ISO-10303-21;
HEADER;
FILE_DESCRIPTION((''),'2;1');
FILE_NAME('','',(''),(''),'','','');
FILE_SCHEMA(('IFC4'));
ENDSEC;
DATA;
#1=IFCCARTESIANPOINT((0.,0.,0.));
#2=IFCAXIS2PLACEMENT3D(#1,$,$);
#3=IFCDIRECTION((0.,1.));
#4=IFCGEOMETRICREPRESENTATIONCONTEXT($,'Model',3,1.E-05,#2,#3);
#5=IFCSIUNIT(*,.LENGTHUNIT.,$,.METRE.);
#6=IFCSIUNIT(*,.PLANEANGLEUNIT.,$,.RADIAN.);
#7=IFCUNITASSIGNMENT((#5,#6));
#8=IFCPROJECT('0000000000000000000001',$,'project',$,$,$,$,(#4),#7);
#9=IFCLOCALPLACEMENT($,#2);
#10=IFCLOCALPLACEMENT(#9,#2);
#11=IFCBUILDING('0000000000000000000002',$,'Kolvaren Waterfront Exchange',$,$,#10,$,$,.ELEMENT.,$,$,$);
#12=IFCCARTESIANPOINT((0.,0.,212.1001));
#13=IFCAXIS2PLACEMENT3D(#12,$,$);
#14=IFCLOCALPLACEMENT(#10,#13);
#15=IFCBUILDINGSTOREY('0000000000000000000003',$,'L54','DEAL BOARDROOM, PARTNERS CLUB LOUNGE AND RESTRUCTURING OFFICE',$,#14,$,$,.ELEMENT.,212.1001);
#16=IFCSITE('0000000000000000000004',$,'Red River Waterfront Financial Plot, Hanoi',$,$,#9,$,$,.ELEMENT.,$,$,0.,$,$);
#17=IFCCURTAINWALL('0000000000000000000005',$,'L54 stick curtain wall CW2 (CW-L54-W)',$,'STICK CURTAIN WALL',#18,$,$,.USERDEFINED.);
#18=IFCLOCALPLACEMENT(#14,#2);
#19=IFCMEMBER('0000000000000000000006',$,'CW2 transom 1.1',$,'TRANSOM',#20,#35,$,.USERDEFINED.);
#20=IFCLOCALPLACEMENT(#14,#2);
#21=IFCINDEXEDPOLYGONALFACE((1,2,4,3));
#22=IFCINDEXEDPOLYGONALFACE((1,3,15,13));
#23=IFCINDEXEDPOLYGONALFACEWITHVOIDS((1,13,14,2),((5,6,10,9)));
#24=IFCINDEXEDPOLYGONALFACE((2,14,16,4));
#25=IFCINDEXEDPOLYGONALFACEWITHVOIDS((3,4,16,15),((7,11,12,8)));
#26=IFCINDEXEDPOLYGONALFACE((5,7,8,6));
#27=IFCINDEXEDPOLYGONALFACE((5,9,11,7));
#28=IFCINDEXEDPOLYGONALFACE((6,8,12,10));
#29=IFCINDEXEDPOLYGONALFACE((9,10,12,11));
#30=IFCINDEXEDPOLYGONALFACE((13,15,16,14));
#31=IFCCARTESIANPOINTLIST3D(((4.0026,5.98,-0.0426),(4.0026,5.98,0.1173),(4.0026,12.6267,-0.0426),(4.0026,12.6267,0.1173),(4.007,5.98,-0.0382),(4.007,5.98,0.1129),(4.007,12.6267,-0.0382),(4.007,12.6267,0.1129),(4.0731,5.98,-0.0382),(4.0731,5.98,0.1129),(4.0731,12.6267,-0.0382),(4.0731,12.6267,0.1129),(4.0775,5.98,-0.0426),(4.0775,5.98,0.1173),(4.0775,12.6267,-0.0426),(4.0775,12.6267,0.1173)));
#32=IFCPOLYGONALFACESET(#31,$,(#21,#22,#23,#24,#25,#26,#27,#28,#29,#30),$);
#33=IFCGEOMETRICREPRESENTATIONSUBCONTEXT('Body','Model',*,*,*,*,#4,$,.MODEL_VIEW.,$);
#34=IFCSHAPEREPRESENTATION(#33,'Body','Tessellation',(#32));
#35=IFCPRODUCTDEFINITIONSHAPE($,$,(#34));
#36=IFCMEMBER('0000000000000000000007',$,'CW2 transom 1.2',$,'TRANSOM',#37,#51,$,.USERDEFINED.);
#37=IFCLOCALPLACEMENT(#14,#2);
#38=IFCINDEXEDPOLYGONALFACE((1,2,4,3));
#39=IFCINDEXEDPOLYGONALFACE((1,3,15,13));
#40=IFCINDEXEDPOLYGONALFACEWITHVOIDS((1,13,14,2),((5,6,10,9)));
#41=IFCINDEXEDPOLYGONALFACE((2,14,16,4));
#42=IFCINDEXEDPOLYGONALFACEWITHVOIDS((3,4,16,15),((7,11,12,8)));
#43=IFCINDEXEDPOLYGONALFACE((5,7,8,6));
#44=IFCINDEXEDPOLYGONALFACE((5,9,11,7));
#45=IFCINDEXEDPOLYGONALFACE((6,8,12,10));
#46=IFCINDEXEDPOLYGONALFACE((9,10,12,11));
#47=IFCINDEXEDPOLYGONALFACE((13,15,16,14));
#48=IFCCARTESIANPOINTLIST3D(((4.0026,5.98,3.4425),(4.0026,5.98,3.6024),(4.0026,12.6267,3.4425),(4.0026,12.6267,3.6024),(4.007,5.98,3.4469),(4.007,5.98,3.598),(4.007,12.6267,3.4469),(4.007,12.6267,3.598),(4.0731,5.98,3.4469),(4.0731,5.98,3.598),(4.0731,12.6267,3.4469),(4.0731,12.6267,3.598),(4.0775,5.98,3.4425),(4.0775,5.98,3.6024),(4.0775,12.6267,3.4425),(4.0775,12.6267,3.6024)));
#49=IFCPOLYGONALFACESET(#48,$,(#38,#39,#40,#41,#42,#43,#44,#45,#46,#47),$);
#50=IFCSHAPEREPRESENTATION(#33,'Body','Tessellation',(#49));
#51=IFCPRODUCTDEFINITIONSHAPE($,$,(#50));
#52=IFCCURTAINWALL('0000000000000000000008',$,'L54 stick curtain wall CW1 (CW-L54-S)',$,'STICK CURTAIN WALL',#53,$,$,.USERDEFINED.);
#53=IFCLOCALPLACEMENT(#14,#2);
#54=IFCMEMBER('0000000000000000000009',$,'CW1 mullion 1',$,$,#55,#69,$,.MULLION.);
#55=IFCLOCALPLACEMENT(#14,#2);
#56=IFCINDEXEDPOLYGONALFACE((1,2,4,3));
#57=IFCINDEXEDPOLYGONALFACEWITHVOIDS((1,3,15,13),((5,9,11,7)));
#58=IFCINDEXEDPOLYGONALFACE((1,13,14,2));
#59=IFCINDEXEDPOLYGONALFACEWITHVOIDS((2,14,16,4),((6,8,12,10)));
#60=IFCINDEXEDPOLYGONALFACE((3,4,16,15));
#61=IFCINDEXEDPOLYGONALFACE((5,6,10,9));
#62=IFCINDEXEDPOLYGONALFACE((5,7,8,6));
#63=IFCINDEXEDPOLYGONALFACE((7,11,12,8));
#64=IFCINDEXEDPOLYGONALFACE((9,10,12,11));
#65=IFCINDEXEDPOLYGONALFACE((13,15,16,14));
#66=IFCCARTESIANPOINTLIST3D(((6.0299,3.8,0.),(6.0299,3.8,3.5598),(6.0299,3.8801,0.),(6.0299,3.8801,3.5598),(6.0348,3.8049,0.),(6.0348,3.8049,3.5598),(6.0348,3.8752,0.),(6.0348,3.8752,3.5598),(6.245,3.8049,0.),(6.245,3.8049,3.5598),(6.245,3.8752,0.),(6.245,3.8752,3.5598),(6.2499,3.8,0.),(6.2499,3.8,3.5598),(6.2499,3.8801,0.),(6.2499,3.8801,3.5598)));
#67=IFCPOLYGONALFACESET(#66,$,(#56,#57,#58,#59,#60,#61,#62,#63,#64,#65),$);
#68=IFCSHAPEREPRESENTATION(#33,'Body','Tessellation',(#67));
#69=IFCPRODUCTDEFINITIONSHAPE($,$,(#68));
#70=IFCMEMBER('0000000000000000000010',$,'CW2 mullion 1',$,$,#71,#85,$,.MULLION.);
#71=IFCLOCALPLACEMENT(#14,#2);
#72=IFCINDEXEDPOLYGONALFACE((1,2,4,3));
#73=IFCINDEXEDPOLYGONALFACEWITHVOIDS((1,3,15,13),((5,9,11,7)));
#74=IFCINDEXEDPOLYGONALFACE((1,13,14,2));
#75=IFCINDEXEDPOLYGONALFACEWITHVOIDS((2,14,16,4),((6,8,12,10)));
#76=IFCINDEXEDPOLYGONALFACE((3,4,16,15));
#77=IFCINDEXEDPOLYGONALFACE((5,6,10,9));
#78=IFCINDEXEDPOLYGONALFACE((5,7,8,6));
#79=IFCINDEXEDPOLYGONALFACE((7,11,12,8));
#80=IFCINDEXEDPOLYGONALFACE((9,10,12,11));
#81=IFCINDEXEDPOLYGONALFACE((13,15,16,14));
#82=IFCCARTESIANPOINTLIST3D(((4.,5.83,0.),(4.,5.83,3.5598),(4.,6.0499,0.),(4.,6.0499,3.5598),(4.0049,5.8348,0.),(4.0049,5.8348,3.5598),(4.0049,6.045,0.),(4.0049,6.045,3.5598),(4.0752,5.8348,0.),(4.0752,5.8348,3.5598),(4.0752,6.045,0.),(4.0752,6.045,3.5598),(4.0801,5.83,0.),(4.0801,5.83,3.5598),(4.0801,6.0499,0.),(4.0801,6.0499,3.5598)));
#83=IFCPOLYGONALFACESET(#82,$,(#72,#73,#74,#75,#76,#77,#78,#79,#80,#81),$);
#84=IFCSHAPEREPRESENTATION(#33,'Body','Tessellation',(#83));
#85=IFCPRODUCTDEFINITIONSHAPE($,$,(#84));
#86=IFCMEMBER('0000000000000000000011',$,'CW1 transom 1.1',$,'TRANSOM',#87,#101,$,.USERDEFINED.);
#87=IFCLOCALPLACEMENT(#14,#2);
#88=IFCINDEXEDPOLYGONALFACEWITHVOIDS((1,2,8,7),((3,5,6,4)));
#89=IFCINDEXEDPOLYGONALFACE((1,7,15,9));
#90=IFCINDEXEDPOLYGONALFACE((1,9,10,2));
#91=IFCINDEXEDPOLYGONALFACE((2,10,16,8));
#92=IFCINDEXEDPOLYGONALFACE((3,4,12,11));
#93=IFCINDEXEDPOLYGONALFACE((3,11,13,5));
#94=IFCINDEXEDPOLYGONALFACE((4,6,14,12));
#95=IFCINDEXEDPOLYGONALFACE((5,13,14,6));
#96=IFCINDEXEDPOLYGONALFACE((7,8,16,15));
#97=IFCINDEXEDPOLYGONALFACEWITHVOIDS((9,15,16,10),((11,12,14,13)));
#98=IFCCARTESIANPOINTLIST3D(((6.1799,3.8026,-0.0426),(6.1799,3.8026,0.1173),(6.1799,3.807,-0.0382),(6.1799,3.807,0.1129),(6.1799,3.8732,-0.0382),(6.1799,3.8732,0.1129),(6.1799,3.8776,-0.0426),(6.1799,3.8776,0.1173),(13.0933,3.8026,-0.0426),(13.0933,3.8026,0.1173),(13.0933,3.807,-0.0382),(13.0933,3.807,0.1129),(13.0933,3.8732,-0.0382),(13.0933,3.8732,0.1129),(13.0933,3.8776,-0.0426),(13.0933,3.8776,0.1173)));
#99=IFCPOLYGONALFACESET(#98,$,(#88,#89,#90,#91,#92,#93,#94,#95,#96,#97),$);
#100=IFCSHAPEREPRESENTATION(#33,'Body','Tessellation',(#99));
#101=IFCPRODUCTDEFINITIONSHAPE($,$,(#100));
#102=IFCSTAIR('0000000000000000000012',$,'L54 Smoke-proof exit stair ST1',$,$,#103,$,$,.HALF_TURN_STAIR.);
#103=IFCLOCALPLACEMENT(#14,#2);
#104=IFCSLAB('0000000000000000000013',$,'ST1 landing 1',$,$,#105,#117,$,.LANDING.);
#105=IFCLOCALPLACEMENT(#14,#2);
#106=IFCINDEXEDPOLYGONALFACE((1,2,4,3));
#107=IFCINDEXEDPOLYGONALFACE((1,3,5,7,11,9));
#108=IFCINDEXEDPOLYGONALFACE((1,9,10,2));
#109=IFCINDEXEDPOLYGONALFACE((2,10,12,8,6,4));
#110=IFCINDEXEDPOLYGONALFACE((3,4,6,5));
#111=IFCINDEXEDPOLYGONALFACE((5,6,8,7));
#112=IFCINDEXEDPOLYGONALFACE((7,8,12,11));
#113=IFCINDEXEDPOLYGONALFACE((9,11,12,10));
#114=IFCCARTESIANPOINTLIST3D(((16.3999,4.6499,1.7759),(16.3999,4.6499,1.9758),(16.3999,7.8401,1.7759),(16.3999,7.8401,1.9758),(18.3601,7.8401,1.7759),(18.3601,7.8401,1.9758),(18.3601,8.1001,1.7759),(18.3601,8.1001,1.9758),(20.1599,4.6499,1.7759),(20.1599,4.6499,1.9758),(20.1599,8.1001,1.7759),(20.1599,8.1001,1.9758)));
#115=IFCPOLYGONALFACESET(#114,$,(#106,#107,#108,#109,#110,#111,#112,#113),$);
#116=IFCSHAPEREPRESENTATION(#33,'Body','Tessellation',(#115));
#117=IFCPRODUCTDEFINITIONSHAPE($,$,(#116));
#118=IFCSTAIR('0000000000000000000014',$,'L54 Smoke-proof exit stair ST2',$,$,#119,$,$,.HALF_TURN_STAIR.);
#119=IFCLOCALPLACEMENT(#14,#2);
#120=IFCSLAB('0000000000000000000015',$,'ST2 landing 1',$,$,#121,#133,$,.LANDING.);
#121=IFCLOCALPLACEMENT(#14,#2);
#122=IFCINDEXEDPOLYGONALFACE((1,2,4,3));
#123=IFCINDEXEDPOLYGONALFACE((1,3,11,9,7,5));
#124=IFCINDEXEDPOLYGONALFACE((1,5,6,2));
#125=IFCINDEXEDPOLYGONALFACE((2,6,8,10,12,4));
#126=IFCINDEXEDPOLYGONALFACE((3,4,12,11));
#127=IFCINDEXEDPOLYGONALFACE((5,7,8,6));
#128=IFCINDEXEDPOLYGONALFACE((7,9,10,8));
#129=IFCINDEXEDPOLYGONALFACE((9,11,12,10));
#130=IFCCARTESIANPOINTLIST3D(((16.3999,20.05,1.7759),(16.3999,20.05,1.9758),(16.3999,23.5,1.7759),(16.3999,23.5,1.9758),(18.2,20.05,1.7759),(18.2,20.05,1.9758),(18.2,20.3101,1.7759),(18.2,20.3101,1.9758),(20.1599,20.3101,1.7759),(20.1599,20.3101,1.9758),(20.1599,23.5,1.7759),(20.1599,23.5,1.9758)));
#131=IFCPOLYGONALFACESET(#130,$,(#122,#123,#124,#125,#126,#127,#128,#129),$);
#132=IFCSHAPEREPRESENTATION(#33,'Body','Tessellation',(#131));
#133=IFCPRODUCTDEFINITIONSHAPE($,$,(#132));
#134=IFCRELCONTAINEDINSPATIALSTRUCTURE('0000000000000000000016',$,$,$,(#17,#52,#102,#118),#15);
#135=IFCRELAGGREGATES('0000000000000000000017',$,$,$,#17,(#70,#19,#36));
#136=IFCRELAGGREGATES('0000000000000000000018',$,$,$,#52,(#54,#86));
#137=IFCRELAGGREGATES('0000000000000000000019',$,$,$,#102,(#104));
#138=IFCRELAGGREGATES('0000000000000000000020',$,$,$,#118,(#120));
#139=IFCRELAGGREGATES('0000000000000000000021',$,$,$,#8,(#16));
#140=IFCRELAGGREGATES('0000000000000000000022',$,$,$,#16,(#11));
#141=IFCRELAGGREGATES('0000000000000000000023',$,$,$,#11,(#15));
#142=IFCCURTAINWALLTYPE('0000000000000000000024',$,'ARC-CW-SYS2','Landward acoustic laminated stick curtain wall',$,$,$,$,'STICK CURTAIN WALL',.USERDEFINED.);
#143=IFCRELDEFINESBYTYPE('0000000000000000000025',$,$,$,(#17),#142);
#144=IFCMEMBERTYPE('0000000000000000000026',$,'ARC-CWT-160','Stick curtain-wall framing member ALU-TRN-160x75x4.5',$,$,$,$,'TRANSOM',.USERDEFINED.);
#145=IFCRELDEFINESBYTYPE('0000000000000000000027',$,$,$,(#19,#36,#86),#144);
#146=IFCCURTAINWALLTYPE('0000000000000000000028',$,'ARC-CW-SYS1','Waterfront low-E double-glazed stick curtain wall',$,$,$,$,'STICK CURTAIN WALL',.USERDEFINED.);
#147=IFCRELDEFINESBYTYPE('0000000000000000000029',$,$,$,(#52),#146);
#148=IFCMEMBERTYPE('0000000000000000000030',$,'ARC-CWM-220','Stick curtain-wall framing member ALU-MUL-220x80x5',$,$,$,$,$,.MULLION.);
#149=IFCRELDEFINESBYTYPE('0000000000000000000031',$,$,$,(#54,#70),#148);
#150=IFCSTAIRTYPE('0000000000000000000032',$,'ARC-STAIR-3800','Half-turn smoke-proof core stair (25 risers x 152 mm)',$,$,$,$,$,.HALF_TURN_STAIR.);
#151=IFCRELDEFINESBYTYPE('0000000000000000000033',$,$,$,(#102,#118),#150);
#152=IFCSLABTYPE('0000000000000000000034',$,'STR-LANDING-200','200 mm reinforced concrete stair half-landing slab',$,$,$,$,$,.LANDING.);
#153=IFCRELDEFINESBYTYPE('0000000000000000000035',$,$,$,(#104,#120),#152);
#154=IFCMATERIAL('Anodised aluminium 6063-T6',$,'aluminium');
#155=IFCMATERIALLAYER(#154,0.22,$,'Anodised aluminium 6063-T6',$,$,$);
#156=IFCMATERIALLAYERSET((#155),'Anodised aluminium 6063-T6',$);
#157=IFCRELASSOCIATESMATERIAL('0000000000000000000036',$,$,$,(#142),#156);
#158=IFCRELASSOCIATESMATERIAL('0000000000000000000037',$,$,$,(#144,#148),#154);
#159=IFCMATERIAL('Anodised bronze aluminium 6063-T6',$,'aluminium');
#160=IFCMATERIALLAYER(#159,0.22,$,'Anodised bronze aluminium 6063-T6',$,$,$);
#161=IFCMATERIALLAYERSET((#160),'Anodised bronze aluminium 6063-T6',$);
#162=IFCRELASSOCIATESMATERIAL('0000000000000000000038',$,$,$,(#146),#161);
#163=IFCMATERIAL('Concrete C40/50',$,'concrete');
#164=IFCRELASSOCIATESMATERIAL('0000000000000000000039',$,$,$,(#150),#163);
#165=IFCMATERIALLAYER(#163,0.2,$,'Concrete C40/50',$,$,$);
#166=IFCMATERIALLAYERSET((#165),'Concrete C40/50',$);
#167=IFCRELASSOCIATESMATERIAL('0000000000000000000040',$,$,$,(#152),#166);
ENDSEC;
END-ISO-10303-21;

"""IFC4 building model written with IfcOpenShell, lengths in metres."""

from ifc_helpers import new_model, si_unit, direction, frame, origin, origin_with_axes, origin_2d, place, context, subcontext, project, spatial, polyline, hollow_rectangle, outline, extrude, source, transform, mapped, material, layer, layer_set, material_profile, profile_set, type_object, element, aggregate, save


model = new_model("IFC4")

# Units and contexts
model_context = context("Model", 3, precision=1e-05, world=origin(), true_north=direction((0.0, 1.0)))
body_context = subcontext(model_context, "Body", "Model", "MODEL_VIEW")
ifc_project = project(units=[si_unit("LENGTHUNIT", "METRE"), si_unit("PLANEANGLEUNIT", "RADIAN")], contexts=[model_context])

# Site, building, storey
site_placement = place(None, origin())
site = spatial("IfcSite", under=ifc_project, at=site_placement, Name="Red River Waterfront Financial Plot, Hanoi", CompositionType="ELEMENT", RefElevation=0.0)
building_placement = place(site_placement, origin())
building = spatial("IfcBuilding", under=site, at=building_placement, Name="Kolvaren Waterfront Exchange", CompositionType="ELEMENT")
storey_placement = place(building_placement, frame((0.0, 0.0, 212.1001)))
storey = spatial("IfcBuildingStorey", under=building, at=storey_placement, Name="L54", Description="DEAL BOARDROOM, PARTNERS CLUB LOUNGE AND RESTRUCTURING OFFICE", CompositionType="ELEMENT", Elevation=212.1001)

# Curtain wall, members
ifc_material_1 = material(Name="Anodised aluminium 6063-T6", Category="aluminium")
ifc_layer_1 = layer(ifc_material_1, 0.22, Name="Anodised aluminium 6063-T6")
ifc_layer_set_1 = layer_set([ifc_layer_1], Name="Anodised aluminium 6063-T6")
curtain_wall_type_1 = type_object("IfcCurtainWallType", Name="ARC-CW-SYS2", Description="Landward acoustic laminated stick curtain wall", ElementType="STICK CURTAIN WALL", PredefinedType="USERDEFINED", material=ifc_layer_set_1)
curtain_wall_1_placement = place(storey_placement, origin())
curtain_wall_1 = element("IfcCurtainWall", 1, at=curtain_wall_1_placement, inside=storey, type_object=curtain_wall_type_1, Name="L54 stick curtain wall CW2 (CW-L54-W)", ObjectType="STICK CURTAIN WALL", PredefinedType="USERDEFINED")
ifc_material_profile_1 = material_profile(ifc_material_1, hollow_rectangle(XDim=0.075, YDim=0.1599, WallThickness=0.0044, at=origin_2d()), Name="ALU-TRN-160x75x4.5")
ifc_profile_set_1 = profile_set([ifc_material_profile_1], Name="Anodised aluminium 6063-T6")
member_type_1 = type_object("IfcMemberType", Name="ARC-CWT-160", Description="Stick curtain-wall framing member ALU-TRN-160x75x4.5", ElementType="TRANSOM", PredefinedType="USERDEFINED", material=ifc_profile_set_1)
shared_shape_1 = source(origin_with_axes(), body_context, "Body", "SweptSolid", [
    extrude(hollow_rectangle(XDim=0.075, YDim=0.1599, WallThickness=0.0044, at=origin_2d()), origin(), (0.0, 0.0, 1.0), 6.6467),
])
member_1_placement = place(storey_placement, frame((4.04, 5.98, 0.0374), z_axis=(0.0, 1.0, 0.0), x_axis=(-1.0, 0.0, 0.0)))
member_1 = element("IfcMember", 2, at=member_1_placement, type_object=member_type_1, Name="CW2 transom 1.1", ObjectType="TRANSOM", PredefinedType="USERDEFINED", context=body_context, shape_type="MappedRepresentation", body=[
    mapped(shared_shape_1, transform((0.0, 0.0, 0.0), x_axis=(1.0, 0.0, 0.0), y_axis=(0.0, 1.0, 0.0), z_axis=(0.0, 0.0, 1.0), scale=1.0)),
])
member_2_placement = place(storey_placement, frame((4.04, 5.98, 3.5225), z_axis=(0.0, 1.0, 0.0), x_axis=(-1.0, 0.0, 0.0)))
member_2 = element("IfcMember", 3, at=member_2_placement, type_object=member_type_1, Name="CW2 transom 1.2", ObjectType="TRANSOM", PredefinedType="USERDEFINED", context=body_context, shape_type="MappedRepresentation", body=[
    mapped(shared_shape_1, transform((0.0, 0.0, 0.0), x_axis=(1.0, 0.0, 0.0), y_axis=(0.0, 1.0, 0.0), z_axis=(0.0, 0.0, 1.0), scale=1.0)),
])

# Curtain wall, member
ifc_material_2 = material(Name="Anodised bronze aluminium 6063-T6", Category="aluminium")
ifc_layer_2 = layer(ifc_material_2, 0.22, Name="Anodised bronze aluminium 6063-T6")
ifc_layer_set_2 = layer_set([ifc_layer_2], Name="Anodised bronze aluminium 6063-T6")
curtain_wall_type_2 = type_object("IfcCurtainWallType", Name="ARC-CW-SYS1", Description="Waterfront low-E double-glazed stick curtain wall", ElementType="STICK CURTAIN WALL", PredefinedType="USERDEFINED", material=ifc_layer_set_2)
curtain_wall_2_placement = place(storey_placement, origin())
curtain_wall_2 = element("IfcCurtainWall", 4, at=curtain_wall_2_placement, inside=storey, type_object=curtain_wall_type_2, Name="L54 stick curtain wall CW1 (CW-L54-S)", ObjectType="STICK CURTAIN WALL", PredefinedType="USERDEFINED")
ifc_material_profile_2 = material_profile(ifc_material_1, hollow_rectangle(XDim=0.0801, YDim=0.22, WallThickness=0.0049, at=origin_2d()), Name="ALU-MUL-220x80x5")
ifc_profile_set_2 = profile_set([ifc_material_profile_2], Name="Anodised aluminium 6063-T6")
member_type_2 = type_object("IfcMemberType", Name="ARC-CWM-220", Description="Stick curtain-wall framing member ALU-MUL-220x80x5", PredefinedType="MULLION", material=ifc_profile_set_2)
shared_shape_2 = source(origin_with_axes(), body_context, "Body", "SweptSolid", [
    extrude(hollow_rectangle(XDim=0.0801, YDim=0.22, WallThickness=0.0049, at=origin_2d()), origin(), (0.0, 0.0, 1.0), 3.5598),
])
member_3_placement = place(storey_placement, frame((6.1399, 3.8401, 0.0), z_axis=(0.0, 0.0, 1.0), x_axis=(0.0, 1.0, 0.0)))
member_3 = element("IfcMember", 5, at=member_3_placement, type_object=member_type_2, Name="CW1 mullion 1", PredefinedType="MULLION", context=body_context, shape_type="MappedRepresentation", body=[
    mapped(shared_shape_2, transform((0.0, 0.0, 0.0), x_axis=(1.0, 0.0, 0.0), y_axis=(0.0, 1.0, 0.0), z_axis=(0.0, 0.0, 1.0), scale=1.0)),
])

# Members
member_4_placement = place(storey_placement, frame((4.04, 5.9399, 0.0), z_axis=(0.0, 0.0, 1.0), x_axis=(-1.0, 0.0, 0.0)))
member_4 = element("IfcMember", 6, at=member_4_placement, type_object=member_type_2, Name="CW2 mullion 1", PredefinedType="MULLION", context=body_context, shape_type="MappedRepresentation", body=[
    mapped(shared_shape_2, transform((0.0, 0.0, 0.0), x_axis=(1.0, 0.0, 0.0), y_axis=(0.0, 1.0, 0.0), z_axis=(0.0, 0.0, 1.0), scale=1.0)),
])
aggregate(curtain_wall_1, [member_4, member_1, member_2])
shared_shape_3 = source(origin_with_axes(), body_context, "Body", "SweptSolid", [
    extrude(hollow_rectangle(XDim=0.075, YDim=0.1599, WallThickness=0.0044, at=origin_2d()), origin(), (0.0, 0.0, 1.0), 6.9133),
])
member_5_placement = place(storey_placement, frame((6.1799, 3.8401, 0.0374), z_axis=(1.0, 0.0, 0.0), x_axis=(0.0, 1.0, 0.0)))
member_5 = element("IfcMember", 7, at=member_5_placement, type_object=member_type_1, Name="CW1 transom 1.1", ObjectType="TRANSOM", PredefinedType="USERDEFINED", context=body_context, shape_type="MappedRepresentation", body=[
    mapped(shared_shape_3, transform((0.0, 0.0, 0.0), x_axis=(1.0, 0.0, 0.0), y_axis=(0.0, 1.0, 0.0), z_axis=(0.0, 0.0, 1.0), scale=1.0)),
])
aggregate(curtain_wall_2, [member_3, member_5])

# Stairs, slabs
ifc_material_3 = material(Name="Concrete C40/50", Category="concrete")
stair_type = type_object("IfcStairType", Name="ARC-STAIR-3800", Description="Half-turn smoke-proof core stair (25 risers x 152 mm)", PredefinedType="HALF_TURN_STAIR", material=ifc_material_3)
stair_1_placement = place(storey_placement, origin())
stair_1 = element("IfcStair", 8, at=stair_1_placement, inside=storey, type_object=stair_type, Name="L54 Smoke-proof exit stair ST1", PredefinedType="HALF_TURN_STAIR")
ifc_layer_3 = layer(ifc_material_3, 0.2, Name="Concrete C40/50")
ifc_layer_set_3 = layer_set([ifc_layer_3], Name="Concrete C40/50")
slab_type_1 = type_object("IfcSlabType", Name="STR-LANDING-200", Description="200 mm reinforced concrete stair half-landing slab", PredefinedType="LANDING", material=ifc_layer_set_3)
slab_1_placement = place(storey_placement, frame((0.0, 0.0, 1.7759)))
slab_1 = element("IfcSlab", 9, at=slab_1_placement, type_object=slab_type_1, Name="ST1 landing 1", PredefinedType="LANDING", context=body_context, shape_type="SweptSolid", body=[
    extrude(outline(polyline([(16.3999, 7.8401), (16.3999, 4.6499), (20.1599, 4.6499), (20.1599, 8.1001), (18.3601, 8.1001), (18.3601, 7.8401), (16.3999, 7.8401)])), origin(), (0.0, 0.0, 1.0), 0.2),
])
aggregate(stair_1, [slab_1])
stair_2_placement = place(storey_placement, origin())
stair_2 = element("IfcStair", 10, at=stair_2_placement, inside=storey, type_object=stair_type, Name="L54 Smoke-proof exit stair ST2", PredefinedType="HALF_TURN_STAIR")
slab_2_placement = place(storey_placement, frame((0.0, 0.0, 1.7759)))
slab_2 = element("IfcSlab", 11, at=slab_2_placement, type_object=slab_type_1, Name="ST2 landing 1", PredefinedType="LANDING", context=body_context, shape_type="SweptSolid", body=[
    extrude(outline(polyline([(20.1599, 20.3101), (20.1599, 23.5), (16.3999, 23.5), (16.3999, 20.05), (18.2, 20.05), (18.2, 20.3101), (20.1599, 20.3101)])), origin(), (0.0, 0.0, 1.0), 0.2),
])
aggregate(stair_2, [slab_2])

save(model, "model.ifc")
